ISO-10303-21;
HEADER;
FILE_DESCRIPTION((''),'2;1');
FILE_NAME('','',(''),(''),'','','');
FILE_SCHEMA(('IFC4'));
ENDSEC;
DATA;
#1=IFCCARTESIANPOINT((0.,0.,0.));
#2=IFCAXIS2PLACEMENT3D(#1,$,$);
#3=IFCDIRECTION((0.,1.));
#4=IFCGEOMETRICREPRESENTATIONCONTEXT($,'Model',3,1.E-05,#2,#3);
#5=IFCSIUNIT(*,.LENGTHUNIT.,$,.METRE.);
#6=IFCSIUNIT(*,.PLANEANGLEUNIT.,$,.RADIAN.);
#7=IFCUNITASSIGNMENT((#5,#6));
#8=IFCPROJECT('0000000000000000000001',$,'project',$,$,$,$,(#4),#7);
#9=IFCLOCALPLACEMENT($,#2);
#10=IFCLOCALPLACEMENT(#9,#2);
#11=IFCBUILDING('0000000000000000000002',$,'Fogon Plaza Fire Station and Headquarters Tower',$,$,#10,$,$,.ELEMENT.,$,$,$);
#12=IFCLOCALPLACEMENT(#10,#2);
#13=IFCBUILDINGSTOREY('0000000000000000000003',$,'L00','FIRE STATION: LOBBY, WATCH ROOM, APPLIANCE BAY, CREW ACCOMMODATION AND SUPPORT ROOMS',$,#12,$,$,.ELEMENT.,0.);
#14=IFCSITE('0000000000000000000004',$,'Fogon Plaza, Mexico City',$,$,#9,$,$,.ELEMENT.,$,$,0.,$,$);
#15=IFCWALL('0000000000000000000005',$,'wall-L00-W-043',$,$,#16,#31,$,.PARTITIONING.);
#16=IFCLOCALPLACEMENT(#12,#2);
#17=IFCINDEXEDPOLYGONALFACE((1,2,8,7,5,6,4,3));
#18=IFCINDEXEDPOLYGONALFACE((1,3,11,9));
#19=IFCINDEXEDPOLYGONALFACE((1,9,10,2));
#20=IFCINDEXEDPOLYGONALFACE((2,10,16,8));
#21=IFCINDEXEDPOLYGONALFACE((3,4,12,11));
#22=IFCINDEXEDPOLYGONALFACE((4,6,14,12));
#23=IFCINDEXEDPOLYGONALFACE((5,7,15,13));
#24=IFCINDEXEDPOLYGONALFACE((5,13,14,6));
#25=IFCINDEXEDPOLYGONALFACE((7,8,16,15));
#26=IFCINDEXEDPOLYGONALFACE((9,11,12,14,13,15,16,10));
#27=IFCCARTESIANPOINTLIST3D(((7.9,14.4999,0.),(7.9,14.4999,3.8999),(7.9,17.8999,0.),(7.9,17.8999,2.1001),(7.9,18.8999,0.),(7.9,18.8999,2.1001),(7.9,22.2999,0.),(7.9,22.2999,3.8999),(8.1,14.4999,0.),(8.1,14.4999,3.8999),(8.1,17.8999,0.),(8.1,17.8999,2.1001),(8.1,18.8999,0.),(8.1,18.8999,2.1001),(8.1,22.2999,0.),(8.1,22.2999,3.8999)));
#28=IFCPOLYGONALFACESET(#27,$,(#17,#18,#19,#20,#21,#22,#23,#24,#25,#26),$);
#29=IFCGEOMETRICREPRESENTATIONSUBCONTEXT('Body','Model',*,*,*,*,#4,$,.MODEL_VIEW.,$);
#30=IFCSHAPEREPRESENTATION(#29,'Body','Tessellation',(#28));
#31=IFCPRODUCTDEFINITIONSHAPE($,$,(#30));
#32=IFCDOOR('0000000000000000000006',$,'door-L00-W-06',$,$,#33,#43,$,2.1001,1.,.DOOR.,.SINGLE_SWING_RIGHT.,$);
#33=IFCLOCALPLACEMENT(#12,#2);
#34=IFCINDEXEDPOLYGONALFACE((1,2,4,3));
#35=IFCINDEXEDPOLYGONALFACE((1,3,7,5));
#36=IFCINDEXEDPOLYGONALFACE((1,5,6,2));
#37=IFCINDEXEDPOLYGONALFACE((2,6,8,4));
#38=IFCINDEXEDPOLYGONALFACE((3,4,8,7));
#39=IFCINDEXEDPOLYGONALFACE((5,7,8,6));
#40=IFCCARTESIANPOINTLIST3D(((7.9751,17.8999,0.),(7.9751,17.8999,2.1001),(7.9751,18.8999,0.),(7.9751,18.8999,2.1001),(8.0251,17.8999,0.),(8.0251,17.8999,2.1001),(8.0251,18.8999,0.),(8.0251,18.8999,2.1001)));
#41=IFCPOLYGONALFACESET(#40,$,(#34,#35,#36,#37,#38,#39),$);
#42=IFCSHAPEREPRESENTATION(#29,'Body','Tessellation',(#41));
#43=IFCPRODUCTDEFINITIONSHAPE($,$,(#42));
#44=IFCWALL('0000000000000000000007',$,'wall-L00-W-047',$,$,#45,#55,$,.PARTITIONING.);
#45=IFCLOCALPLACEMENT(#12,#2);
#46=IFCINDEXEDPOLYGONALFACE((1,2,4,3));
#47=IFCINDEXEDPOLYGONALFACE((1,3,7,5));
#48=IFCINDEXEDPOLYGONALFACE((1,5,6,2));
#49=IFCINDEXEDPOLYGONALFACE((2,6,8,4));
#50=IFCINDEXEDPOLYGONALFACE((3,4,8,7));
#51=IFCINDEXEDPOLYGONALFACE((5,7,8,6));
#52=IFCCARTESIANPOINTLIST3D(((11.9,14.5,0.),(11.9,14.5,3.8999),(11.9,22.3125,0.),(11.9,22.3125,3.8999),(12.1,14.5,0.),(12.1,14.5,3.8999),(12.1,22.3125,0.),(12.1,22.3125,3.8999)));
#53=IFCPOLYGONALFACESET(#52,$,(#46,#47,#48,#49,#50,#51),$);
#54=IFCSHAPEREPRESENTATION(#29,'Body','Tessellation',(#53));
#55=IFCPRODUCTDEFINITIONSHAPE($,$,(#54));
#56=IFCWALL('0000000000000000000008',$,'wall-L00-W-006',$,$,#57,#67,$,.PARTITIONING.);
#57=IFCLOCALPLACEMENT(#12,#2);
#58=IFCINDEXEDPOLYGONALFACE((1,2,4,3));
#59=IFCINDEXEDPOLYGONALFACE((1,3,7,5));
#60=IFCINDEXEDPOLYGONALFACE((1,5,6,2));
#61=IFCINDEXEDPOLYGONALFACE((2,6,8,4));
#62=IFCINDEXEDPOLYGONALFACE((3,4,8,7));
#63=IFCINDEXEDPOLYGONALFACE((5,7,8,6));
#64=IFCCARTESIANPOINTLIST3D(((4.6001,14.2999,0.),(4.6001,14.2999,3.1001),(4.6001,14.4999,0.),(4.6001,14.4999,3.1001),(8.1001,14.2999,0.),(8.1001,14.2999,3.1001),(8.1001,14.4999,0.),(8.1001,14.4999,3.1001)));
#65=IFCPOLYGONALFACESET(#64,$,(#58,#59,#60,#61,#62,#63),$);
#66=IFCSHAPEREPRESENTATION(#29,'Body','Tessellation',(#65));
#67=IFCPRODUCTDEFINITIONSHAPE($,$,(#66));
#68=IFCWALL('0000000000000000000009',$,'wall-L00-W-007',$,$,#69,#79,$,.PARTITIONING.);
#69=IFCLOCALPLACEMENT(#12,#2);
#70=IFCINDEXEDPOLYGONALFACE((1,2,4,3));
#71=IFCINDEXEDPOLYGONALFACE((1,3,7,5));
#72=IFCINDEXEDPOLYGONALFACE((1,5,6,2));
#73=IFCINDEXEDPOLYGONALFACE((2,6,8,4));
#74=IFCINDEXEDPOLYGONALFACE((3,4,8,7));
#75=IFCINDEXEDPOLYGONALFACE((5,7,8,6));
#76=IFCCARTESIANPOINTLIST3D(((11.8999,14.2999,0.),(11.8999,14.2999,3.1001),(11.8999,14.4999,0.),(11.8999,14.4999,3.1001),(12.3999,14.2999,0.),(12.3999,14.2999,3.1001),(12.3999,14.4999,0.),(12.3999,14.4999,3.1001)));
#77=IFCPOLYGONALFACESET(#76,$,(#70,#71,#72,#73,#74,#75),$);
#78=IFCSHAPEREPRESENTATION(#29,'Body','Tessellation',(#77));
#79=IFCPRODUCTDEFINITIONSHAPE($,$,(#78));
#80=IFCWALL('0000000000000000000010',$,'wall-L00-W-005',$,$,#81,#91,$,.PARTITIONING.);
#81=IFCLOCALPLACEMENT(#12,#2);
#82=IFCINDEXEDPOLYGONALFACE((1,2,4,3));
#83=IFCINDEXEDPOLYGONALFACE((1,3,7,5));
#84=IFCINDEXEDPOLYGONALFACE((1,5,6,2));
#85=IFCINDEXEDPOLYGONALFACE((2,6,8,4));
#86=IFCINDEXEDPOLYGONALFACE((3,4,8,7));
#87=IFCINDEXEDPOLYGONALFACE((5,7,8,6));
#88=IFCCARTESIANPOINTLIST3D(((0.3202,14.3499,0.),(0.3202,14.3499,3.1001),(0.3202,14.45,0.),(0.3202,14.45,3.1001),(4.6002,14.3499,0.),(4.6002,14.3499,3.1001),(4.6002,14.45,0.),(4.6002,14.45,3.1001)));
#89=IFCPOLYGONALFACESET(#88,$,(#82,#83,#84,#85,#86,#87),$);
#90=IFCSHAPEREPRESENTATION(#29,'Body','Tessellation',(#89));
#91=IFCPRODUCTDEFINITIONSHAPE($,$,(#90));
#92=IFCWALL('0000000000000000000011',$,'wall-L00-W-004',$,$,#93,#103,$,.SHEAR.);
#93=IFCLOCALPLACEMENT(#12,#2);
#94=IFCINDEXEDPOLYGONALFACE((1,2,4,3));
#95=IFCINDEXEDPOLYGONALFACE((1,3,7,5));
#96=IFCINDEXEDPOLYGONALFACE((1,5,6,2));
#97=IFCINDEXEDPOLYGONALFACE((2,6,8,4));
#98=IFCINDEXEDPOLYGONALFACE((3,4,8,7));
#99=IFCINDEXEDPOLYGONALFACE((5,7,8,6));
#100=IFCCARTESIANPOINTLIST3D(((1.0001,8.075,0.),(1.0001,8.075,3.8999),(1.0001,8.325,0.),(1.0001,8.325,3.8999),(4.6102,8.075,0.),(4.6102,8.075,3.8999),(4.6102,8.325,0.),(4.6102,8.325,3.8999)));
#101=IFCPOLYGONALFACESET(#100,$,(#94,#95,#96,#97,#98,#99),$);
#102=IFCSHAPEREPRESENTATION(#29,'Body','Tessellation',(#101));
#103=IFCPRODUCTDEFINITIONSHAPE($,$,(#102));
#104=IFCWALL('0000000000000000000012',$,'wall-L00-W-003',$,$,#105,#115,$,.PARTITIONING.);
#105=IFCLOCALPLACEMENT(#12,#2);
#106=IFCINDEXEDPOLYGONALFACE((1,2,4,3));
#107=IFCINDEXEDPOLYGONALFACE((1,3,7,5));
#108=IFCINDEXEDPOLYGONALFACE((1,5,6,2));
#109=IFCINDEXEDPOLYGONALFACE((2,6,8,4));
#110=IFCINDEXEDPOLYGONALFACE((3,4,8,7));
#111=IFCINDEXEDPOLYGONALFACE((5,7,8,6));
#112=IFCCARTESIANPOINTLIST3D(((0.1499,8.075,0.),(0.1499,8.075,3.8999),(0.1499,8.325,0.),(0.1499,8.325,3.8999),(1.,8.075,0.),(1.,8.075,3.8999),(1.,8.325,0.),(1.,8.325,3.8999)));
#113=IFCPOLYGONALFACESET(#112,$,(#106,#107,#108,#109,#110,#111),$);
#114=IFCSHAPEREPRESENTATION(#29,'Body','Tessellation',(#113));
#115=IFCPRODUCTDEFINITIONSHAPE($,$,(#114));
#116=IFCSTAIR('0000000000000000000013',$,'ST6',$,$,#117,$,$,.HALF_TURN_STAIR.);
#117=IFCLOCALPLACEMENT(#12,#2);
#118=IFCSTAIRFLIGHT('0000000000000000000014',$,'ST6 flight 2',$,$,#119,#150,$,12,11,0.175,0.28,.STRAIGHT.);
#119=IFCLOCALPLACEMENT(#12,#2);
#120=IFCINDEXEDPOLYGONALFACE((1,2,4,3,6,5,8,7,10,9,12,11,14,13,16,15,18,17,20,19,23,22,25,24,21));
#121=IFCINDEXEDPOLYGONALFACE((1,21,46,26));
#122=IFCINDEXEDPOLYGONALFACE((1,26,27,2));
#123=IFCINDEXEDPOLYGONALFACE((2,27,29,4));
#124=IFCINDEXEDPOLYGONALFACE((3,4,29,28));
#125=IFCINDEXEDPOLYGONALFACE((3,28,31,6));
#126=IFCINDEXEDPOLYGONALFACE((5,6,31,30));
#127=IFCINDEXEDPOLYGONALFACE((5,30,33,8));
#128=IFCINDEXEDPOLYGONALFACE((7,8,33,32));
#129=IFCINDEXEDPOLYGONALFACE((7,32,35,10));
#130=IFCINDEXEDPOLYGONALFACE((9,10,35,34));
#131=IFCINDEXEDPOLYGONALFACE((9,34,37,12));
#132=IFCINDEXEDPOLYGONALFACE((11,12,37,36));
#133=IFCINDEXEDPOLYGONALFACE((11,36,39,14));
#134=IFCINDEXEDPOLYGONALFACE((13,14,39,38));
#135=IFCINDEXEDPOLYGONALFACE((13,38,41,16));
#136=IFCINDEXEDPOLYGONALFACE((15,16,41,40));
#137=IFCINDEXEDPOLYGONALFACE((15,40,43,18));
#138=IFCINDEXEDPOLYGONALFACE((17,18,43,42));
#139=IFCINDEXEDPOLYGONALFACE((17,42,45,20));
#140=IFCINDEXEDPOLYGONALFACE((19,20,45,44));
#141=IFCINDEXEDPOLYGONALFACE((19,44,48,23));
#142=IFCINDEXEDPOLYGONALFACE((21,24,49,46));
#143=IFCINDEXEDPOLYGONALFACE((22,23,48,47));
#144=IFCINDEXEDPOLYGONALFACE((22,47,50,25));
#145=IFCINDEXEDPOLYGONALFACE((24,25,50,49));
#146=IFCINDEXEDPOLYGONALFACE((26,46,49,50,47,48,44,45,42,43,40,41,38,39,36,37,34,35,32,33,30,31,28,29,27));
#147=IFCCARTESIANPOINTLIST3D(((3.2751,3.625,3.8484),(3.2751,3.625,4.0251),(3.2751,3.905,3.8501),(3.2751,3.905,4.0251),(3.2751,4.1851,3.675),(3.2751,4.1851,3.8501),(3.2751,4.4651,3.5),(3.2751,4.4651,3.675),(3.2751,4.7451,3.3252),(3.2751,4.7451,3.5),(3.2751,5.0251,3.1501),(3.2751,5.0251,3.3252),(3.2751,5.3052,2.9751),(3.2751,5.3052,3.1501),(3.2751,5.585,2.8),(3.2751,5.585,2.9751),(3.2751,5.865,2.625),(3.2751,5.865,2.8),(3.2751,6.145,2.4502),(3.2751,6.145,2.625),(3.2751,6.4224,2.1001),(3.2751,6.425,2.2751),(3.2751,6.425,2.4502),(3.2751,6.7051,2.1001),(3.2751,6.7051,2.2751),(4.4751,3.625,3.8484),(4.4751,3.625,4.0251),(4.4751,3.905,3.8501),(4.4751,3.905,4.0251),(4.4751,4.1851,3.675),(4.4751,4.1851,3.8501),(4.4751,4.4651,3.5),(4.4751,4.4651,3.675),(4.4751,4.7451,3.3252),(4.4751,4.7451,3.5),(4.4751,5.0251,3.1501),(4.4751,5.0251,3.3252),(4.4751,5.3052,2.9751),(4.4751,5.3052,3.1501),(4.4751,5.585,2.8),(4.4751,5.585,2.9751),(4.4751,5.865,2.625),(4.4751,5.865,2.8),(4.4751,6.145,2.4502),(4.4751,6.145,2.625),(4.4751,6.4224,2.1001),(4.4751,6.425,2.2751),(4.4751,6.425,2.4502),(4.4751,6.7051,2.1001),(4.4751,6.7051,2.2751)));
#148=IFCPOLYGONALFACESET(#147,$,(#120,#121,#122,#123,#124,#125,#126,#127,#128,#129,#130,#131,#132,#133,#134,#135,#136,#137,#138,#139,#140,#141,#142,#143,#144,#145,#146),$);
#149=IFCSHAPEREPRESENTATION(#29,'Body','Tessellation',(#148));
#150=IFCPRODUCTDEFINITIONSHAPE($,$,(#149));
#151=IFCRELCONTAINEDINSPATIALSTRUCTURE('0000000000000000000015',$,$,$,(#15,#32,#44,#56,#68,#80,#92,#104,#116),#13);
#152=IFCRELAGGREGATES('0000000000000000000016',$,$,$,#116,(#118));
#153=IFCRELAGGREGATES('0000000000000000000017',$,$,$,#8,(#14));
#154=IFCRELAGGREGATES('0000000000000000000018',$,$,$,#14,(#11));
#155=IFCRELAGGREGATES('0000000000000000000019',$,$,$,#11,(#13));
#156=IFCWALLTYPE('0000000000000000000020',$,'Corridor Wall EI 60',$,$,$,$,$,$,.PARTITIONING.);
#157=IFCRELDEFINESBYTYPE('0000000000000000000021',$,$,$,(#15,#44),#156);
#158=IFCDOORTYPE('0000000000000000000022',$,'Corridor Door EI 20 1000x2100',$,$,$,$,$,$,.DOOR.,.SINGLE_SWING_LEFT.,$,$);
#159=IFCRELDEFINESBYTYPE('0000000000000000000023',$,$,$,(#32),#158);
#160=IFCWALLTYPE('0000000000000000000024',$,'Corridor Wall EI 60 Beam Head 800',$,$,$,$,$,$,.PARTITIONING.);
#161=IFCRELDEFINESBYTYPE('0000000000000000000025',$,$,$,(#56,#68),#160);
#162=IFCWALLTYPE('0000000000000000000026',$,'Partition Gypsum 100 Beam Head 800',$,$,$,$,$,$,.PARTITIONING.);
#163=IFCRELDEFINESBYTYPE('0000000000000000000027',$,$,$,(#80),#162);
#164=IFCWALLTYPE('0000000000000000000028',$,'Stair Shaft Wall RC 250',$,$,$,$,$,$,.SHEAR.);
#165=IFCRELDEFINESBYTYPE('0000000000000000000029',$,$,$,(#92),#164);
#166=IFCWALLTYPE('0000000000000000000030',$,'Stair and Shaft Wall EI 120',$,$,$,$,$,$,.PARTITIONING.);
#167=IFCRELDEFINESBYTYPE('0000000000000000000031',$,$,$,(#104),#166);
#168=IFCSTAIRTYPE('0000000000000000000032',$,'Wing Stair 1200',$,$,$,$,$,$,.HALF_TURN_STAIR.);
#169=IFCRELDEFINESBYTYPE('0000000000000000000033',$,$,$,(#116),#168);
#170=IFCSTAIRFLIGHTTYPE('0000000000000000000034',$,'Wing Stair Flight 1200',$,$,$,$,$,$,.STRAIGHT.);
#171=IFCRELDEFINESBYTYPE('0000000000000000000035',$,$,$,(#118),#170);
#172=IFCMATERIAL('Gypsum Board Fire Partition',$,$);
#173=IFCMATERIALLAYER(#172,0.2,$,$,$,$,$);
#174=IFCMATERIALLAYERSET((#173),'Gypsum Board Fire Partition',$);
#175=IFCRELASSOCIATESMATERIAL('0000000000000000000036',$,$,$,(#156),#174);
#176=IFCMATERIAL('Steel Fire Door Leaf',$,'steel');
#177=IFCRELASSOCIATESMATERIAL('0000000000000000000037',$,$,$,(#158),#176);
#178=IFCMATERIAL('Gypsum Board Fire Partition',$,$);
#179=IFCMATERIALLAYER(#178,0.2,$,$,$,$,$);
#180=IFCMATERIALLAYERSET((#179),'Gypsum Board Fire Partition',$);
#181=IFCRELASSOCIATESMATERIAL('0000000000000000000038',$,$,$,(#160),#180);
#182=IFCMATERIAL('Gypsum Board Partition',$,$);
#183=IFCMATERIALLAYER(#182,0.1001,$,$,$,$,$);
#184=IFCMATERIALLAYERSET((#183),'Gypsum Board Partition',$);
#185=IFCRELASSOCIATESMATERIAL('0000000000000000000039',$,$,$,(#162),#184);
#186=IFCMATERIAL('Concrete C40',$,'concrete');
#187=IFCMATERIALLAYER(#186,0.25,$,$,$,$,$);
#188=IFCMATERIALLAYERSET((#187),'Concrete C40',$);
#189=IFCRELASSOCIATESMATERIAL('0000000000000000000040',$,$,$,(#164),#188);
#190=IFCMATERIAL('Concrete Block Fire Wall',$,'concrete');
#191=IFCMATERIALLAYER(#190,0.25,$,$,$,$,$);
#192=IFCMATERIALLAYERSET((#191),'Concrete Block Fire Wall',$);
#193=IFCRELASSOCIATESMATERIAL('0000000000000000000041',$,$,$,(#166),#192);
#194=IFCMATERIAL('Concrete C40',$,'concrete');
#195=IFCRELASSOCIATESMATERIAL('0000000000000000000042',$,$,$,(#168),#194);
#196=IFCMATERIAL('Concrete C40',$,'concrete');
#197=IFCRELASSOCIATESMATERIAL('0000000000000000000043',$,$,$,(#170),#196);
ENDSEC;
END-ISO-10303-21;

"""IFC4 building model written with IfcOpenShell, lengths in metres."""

from ifc_helpers import new_model, si_unit, direction, frame, frame_2d, origin, place, context, subcontext, project, spatial, polyline, rectangle, outline, extrude, material, layer, layer_set, type_object, element, fill, aggregate, save


model = new_model("IFC4")

# Units and contexts
model_context = context("Model", 3, precision=1e-05, world=origin(), true_north=direction((0.0, 1.0)))
body_context = subcontext(model_context, "Body", "Model", "MODEL_VIEW")
ifc_project = project(units=[si_unit("LENGTHUNIT", "METRE"), si_unit("PLANEANGLEUNIT", "RADIAN")], contexts=[model_context])

# Site, building, storey
site_placement = place(None, origin())
site = spatial("IfcSite", under=ifc_project, at=site_placement, Name="Fogon Plaza, Mexico City", CompositionType="ELEMENT", RefElevation=0.0)
building_placement = place(site_placement, origin())
building = spatial("IfcBuilding", under=site, at=building_placement, Name="Fogon Plaza Fire Station and Headquarters Tower", CompositionType="ELEMENT")
storey_placement = place(building_placement, origin())
storey = spatial("IfcBuildingStorey", under=building, at=storey_placement, Name="L00", Description="FIRE STATION: LOBBY, WATCH ROOM, APPLIANCE BAY, CREW ACCOMMODATION AND SUPPORT ROOMS", CompositionType="ELEMENT", Elevation=0.0)

# Wall, opening, door
ifc_material_1 = material(Name="Gypsum Board Fire Partition")
ifc_layer_1 = layer(ifc_material_1, 0.2)
ifc_layer_set_1 = layer_set([ifc_layer_1], Name="Gypsum Board Fire Partition")
wall_type_1 = type_object("IfcWallType", Name="Corridor Wall EI 60", PredefinedType="PARTITIONING", material=ifc_layer_set_1)
ifc_material_2 = material(Name="Steel Fire Door Leaf", Category="steel")
door_type = type_object("IfcDoorType", Name="Corridor Door EI 20 1000x2100", OperationType="SINGLE_SWING_LEFT", PredefinedType="DOOR", material=ifc_material_2)
wall_1_placement = place(storey_placement, frame((8.0, 14.5, 0.0), z_axis=(0.0, 0.0, 1.0), x_axis=(0.0, 1.0, 0.0)))
wall_1 = element("IfcWall", 1, at=wall_1_placement, inside=storey, type_object=wall_type_1, Name="wall-L00-W-043", PredefinedType="PARTITIONING", context=body_context, shape_type="SweptSolid", body=[
    extrude(rectangle(XDim=7.8, YDim=0.2, at=frame_2d((3.8999, 0.0))), origin(), (0.0, 0.0, 1.0), 3.8999),
])
opening_1_placement = place(wall_1_placement, frame((3.3999, 0.0, 0.0)))
opening_1 = element("IfcOpeningElement", 2, at=opening_1_placement, cuts=wall_1, PredefinedType="OPENING", context=body_context, shape_type="SweptSolid", body=[
    extrude(rectangle(XDim=1.0, YDim=2.1001, at=frame_2d((0.5, 1.05))), frame((0.0, 0.1099, 0.0), z_axis=(0.0, -1.0, 0.0), x_axis=(1.0, 0.0, 0.0)), (0.0, 0.0, 1.0), 0.22),
])
door_1_placement = place(opening_1_placement, origin())
door_1 = element("IfcDoor", 3, at=door_1_placement, inside=storey, type_object=door_type, Name="door-L00-W-06", OperationType="SINGLE_SWING_RIGHT", OverallHeight=2.1001, OverallWidth=1.0, PredefinedType="DOOR", context=body_context, shape_type="SweptSolid", body=[
    extrude(rectangle(XDim=1.0, YDim=2.1001, at=frame_2d((0.5, 1.05))), frame((0.0, 0.0249, 0.0), z_axis=(0.0, -1.0, 0.0), x_axis=(1.0, 0.0, 0.0)), (0.0, 0.0, 1.0), 0.05),
])
fill(opening_1, door_1)

# Walls
wall_2_placement = place(storey_placement, frame((12.0, 14.5, 0.0), z_axis=(0.0, 0.0, 1.0), x_axis=(0.0, 1.0, 0.0)))
element("IfcWall", 4, at=wall_2_placement, inside=storey, type_object=wall_type_1, Name="wall-L00-W-047", PredefinedType="PARTITIONING", context=body_context, shape_type="SweptSolid", body=[
    extrude(rectangle(XDim=7.8125, YDim=0.2, at=frame_2d((3.9062, 0.0))), origin(), (0.0, 0.0, 1.0), 3.8999),
])
ifc_material_3 = material(Name="Gypsum Board Fire Partition")
ifc_layer_2 = layer(ifc_material_3, 0.2)
ifc_layer_set_2 = layer_set([ifc_layer_2], Name="Gypsum Board Fire Partition")
wall_type_2 = type_object("IfcWallType", Name="Corridor Wall EI 60 Beam Head 800", PredefinedType="PARTITIONING", material=ifc_layer_set_2)
wall_3_placement = place(storey_placement, frame((4.6001, 14.3999, 0.0), z_axis=(0.0, 0.0, 1.0), x_axis=(1.0, 0.0, 0.0)))
element("IfcWall", 5, at=wall_3_placement, inside=storey, type_object=wall_type_2, Name="wall-L00-W-006", PredefinedType="PARTITIONING", context=body_context, shape_type="SweptSolid", body=[
    extrude(rectangle(XDim=3.5, YDim=0.2, at=frame_2d((1.75, 0.0))), origin(), (0.0, 0.0, 1.0), 3.1001),
])
wall_4_placement = place(storey_placement, frame((11.8999, 14.3999, 0.0), z_axis=(0.0, 0.0, 1.0), x_axis=(1.0, 0.0, 0.0)))
element("IfcWall", 6, at=wall_4_placement, inside=storey, type_object=wall_type_2, Name="wall-L00-W-007", PredefinedType="PARTITIONING", context=body_context, shape_type="SweptSolid", body=[
    extrude(rectangle(XDim=0.5, YDim=0.2, at=frame_2d((0.25, 0.0))), origin(), (0.0, 0.0, 1.0), 3.1001),
])
ifc_material_4 = material(Name="Gypsum Board Partition")
ifc_layer_3 = layer(ifc_material_4, 0.1001)
ifc_layer_set_3 = layer_set([ifc_layer_3], Name="Gypsum Board Partition")
wall_type_3 = type_object("IfcWallType", Name="Partition Gypsum 100 Beam Head 800", PredefinedType="PARTITIONING", material=ifc_layer_set_3)
wall_5_placement = place(storey_placement, frame((0.3201, 14.3999, 0.0), z_axis=(0.0, 0.0, 1.0), x_axis=(1.0, 0.0, 0.0)))
element("IfcWall", 7, at=wall_5_placement, inside=storey, type_object=wall_type_3, Name="wall-L00-W-005", PredefinedType="PARTITIONING", context=body_context, shape_type="SweptSolid", body=[
    extrude(rectangle(XDim=4.28, YDim=0.1001, at=frame_2d((2.1401, 0.0))), origin(), (0.0, 0.0, 1.0), 3.1001),
])
ifc_material_5 = material(Name="Concrete C40", Category="concrete")
ifc_layer_4 = layer(ifc_material_5, 0.25)
ifc_layer_set_4 = layer_set([ifc_layer_4], Name="Concrete C40")
wall_type_4 = type_object("IfcWallType", Name="Stair Shaft Wall RC 250", PredefinedType="SHEAR", material=ifc_layer_set_4)
wall_6_placement = place(storey_placement, frame((1.0, 8.2, 0.0), z_axis=(0.0, 0.0, 1.0), x_axis=(1.0, 0.0, 0.0)))
element("IfcWall", 8, at=wall_6_placement, inside=storey, type_object=wall_type_4, Name="wall-L00-W-004", PredefinedType="SHEAR", context=body_context, shape_type="SweptSolid", body=[
    extrude(rectangle(XDim=3.6101, YDim=0.25, at=frame_2d((1.8052, 0.0))), origin(), (0.0, 0.0, 1.0), 3.8999),
])
ifc_material_6 = material(Name="Concrete Block Fire Wall", Category="concrete")
ifc_layer_5 = layer(ifc_material_6, 0.25)
ifc_layer_set_5 = layer_set([ifc_layer_5], Name="Concrete Block Fire Wall")
wall_type_5 = type_object("IfcWallType", Name="Stair and Shaft Wall EI 120", PredefinedType="PARTITIONING", material=ifc_layer_set_5)
wall_7_placement = place(storey_placement, frame((0.1499, 8.2, 0.0), z_axis=(0.0, 0.0, 1.0), x_axis=(1.0, 0.0, 0.0)))
element("IfcWall", 9, at=wall_7_placement, inside=storey, type_object=wall_type_5, Name="wall-L00-W-003", PredefinedType="PARTITIONING", context=body_context, shape_type="SweptSolid", body=[
    extrude(rectangle(XDim=0.8501, YDim=0.25, at=frame_2d((0.425, 0.0))), origin(), (0.0, 0.0, 1.0), 3.8999),
])

# Stair, stair flight
ifc_material_7 = material(Name="Concrete C40", Category="concrete")
stair_type = type_object("IfcStairType", Name="Wing Stair 1200", PredefinedType="HALF_TURN_STAIR", material=ifc_material_7)
stair_placement = place(storey_placement, origin())
stair = element("IfcStair", 10, at=stair_placement, inside=storey, type_object=stair_type, Name="ST6", PredefinedType="HALF_TURN_STAIR")
ifc_material_8 = material(Name="Concrete C40", Category="concrete")
stair_flight_type = type_object("IfcStairFlightType", Name="Wing Stair Flight 1200", PredefinedType="STRAIGHT", material=ifc_material_8)
stair_flight_placement = place(storey_placement, frame((3.875, 6.7051, 2.1001), z_axis=(0.0, 0.0, 1.0), x_axis=(0.0, -1.0, 0.0)))
stair_flight = element("IfcStairFlight", 11, at=stair_flight_placement, type_object=stair_flight_type, Name="ST6 flight 2", NumberOfRisers=12, NumberOfTreads=11, PredefinedType="STRAIGHT", RiserHeight=0.175, TreadLength=0.28, context=body_context, shape_type="SweptSolid", body=[
    extrude(outline(polyline([(0.0, 0.0), (0.0, 0.175), (0.28, 0.175), (0.28, 0.3501), (0.5601, 0.3501), (0.5601, 0.5249), (0.8401, 0.5249), (0.8401, 0.7), (1.1201, 0.7), (1.1201, 0.875), (1.3999, 0.875), (1.3999, 1.05), (1.6799, 1.05), (1.6799, 1.2251), (1.96, 1.2251), (1.96, 1.3999), (2.24, 1.3999), (2.24, 1.575), (2.52, 1.575), (2.52, 1.75), (2.8, 1.75), (2.8, 1.925), (3.0801, 1.925), (3.0801, 2.1001), (3.0801, 1.7483), (0.2827, 0.0), (0.0, 0.0)])), frame((0.0, 0.6001, 0.0), z_axis=(0.0, -1.0, 0.0), x_axis=(1.0, 0.0, 0.0)), (0.0, 0.0, 1.0), 1.2),
])
aggregate(stair, [stair_flight])

save(model, "model.ifc")
